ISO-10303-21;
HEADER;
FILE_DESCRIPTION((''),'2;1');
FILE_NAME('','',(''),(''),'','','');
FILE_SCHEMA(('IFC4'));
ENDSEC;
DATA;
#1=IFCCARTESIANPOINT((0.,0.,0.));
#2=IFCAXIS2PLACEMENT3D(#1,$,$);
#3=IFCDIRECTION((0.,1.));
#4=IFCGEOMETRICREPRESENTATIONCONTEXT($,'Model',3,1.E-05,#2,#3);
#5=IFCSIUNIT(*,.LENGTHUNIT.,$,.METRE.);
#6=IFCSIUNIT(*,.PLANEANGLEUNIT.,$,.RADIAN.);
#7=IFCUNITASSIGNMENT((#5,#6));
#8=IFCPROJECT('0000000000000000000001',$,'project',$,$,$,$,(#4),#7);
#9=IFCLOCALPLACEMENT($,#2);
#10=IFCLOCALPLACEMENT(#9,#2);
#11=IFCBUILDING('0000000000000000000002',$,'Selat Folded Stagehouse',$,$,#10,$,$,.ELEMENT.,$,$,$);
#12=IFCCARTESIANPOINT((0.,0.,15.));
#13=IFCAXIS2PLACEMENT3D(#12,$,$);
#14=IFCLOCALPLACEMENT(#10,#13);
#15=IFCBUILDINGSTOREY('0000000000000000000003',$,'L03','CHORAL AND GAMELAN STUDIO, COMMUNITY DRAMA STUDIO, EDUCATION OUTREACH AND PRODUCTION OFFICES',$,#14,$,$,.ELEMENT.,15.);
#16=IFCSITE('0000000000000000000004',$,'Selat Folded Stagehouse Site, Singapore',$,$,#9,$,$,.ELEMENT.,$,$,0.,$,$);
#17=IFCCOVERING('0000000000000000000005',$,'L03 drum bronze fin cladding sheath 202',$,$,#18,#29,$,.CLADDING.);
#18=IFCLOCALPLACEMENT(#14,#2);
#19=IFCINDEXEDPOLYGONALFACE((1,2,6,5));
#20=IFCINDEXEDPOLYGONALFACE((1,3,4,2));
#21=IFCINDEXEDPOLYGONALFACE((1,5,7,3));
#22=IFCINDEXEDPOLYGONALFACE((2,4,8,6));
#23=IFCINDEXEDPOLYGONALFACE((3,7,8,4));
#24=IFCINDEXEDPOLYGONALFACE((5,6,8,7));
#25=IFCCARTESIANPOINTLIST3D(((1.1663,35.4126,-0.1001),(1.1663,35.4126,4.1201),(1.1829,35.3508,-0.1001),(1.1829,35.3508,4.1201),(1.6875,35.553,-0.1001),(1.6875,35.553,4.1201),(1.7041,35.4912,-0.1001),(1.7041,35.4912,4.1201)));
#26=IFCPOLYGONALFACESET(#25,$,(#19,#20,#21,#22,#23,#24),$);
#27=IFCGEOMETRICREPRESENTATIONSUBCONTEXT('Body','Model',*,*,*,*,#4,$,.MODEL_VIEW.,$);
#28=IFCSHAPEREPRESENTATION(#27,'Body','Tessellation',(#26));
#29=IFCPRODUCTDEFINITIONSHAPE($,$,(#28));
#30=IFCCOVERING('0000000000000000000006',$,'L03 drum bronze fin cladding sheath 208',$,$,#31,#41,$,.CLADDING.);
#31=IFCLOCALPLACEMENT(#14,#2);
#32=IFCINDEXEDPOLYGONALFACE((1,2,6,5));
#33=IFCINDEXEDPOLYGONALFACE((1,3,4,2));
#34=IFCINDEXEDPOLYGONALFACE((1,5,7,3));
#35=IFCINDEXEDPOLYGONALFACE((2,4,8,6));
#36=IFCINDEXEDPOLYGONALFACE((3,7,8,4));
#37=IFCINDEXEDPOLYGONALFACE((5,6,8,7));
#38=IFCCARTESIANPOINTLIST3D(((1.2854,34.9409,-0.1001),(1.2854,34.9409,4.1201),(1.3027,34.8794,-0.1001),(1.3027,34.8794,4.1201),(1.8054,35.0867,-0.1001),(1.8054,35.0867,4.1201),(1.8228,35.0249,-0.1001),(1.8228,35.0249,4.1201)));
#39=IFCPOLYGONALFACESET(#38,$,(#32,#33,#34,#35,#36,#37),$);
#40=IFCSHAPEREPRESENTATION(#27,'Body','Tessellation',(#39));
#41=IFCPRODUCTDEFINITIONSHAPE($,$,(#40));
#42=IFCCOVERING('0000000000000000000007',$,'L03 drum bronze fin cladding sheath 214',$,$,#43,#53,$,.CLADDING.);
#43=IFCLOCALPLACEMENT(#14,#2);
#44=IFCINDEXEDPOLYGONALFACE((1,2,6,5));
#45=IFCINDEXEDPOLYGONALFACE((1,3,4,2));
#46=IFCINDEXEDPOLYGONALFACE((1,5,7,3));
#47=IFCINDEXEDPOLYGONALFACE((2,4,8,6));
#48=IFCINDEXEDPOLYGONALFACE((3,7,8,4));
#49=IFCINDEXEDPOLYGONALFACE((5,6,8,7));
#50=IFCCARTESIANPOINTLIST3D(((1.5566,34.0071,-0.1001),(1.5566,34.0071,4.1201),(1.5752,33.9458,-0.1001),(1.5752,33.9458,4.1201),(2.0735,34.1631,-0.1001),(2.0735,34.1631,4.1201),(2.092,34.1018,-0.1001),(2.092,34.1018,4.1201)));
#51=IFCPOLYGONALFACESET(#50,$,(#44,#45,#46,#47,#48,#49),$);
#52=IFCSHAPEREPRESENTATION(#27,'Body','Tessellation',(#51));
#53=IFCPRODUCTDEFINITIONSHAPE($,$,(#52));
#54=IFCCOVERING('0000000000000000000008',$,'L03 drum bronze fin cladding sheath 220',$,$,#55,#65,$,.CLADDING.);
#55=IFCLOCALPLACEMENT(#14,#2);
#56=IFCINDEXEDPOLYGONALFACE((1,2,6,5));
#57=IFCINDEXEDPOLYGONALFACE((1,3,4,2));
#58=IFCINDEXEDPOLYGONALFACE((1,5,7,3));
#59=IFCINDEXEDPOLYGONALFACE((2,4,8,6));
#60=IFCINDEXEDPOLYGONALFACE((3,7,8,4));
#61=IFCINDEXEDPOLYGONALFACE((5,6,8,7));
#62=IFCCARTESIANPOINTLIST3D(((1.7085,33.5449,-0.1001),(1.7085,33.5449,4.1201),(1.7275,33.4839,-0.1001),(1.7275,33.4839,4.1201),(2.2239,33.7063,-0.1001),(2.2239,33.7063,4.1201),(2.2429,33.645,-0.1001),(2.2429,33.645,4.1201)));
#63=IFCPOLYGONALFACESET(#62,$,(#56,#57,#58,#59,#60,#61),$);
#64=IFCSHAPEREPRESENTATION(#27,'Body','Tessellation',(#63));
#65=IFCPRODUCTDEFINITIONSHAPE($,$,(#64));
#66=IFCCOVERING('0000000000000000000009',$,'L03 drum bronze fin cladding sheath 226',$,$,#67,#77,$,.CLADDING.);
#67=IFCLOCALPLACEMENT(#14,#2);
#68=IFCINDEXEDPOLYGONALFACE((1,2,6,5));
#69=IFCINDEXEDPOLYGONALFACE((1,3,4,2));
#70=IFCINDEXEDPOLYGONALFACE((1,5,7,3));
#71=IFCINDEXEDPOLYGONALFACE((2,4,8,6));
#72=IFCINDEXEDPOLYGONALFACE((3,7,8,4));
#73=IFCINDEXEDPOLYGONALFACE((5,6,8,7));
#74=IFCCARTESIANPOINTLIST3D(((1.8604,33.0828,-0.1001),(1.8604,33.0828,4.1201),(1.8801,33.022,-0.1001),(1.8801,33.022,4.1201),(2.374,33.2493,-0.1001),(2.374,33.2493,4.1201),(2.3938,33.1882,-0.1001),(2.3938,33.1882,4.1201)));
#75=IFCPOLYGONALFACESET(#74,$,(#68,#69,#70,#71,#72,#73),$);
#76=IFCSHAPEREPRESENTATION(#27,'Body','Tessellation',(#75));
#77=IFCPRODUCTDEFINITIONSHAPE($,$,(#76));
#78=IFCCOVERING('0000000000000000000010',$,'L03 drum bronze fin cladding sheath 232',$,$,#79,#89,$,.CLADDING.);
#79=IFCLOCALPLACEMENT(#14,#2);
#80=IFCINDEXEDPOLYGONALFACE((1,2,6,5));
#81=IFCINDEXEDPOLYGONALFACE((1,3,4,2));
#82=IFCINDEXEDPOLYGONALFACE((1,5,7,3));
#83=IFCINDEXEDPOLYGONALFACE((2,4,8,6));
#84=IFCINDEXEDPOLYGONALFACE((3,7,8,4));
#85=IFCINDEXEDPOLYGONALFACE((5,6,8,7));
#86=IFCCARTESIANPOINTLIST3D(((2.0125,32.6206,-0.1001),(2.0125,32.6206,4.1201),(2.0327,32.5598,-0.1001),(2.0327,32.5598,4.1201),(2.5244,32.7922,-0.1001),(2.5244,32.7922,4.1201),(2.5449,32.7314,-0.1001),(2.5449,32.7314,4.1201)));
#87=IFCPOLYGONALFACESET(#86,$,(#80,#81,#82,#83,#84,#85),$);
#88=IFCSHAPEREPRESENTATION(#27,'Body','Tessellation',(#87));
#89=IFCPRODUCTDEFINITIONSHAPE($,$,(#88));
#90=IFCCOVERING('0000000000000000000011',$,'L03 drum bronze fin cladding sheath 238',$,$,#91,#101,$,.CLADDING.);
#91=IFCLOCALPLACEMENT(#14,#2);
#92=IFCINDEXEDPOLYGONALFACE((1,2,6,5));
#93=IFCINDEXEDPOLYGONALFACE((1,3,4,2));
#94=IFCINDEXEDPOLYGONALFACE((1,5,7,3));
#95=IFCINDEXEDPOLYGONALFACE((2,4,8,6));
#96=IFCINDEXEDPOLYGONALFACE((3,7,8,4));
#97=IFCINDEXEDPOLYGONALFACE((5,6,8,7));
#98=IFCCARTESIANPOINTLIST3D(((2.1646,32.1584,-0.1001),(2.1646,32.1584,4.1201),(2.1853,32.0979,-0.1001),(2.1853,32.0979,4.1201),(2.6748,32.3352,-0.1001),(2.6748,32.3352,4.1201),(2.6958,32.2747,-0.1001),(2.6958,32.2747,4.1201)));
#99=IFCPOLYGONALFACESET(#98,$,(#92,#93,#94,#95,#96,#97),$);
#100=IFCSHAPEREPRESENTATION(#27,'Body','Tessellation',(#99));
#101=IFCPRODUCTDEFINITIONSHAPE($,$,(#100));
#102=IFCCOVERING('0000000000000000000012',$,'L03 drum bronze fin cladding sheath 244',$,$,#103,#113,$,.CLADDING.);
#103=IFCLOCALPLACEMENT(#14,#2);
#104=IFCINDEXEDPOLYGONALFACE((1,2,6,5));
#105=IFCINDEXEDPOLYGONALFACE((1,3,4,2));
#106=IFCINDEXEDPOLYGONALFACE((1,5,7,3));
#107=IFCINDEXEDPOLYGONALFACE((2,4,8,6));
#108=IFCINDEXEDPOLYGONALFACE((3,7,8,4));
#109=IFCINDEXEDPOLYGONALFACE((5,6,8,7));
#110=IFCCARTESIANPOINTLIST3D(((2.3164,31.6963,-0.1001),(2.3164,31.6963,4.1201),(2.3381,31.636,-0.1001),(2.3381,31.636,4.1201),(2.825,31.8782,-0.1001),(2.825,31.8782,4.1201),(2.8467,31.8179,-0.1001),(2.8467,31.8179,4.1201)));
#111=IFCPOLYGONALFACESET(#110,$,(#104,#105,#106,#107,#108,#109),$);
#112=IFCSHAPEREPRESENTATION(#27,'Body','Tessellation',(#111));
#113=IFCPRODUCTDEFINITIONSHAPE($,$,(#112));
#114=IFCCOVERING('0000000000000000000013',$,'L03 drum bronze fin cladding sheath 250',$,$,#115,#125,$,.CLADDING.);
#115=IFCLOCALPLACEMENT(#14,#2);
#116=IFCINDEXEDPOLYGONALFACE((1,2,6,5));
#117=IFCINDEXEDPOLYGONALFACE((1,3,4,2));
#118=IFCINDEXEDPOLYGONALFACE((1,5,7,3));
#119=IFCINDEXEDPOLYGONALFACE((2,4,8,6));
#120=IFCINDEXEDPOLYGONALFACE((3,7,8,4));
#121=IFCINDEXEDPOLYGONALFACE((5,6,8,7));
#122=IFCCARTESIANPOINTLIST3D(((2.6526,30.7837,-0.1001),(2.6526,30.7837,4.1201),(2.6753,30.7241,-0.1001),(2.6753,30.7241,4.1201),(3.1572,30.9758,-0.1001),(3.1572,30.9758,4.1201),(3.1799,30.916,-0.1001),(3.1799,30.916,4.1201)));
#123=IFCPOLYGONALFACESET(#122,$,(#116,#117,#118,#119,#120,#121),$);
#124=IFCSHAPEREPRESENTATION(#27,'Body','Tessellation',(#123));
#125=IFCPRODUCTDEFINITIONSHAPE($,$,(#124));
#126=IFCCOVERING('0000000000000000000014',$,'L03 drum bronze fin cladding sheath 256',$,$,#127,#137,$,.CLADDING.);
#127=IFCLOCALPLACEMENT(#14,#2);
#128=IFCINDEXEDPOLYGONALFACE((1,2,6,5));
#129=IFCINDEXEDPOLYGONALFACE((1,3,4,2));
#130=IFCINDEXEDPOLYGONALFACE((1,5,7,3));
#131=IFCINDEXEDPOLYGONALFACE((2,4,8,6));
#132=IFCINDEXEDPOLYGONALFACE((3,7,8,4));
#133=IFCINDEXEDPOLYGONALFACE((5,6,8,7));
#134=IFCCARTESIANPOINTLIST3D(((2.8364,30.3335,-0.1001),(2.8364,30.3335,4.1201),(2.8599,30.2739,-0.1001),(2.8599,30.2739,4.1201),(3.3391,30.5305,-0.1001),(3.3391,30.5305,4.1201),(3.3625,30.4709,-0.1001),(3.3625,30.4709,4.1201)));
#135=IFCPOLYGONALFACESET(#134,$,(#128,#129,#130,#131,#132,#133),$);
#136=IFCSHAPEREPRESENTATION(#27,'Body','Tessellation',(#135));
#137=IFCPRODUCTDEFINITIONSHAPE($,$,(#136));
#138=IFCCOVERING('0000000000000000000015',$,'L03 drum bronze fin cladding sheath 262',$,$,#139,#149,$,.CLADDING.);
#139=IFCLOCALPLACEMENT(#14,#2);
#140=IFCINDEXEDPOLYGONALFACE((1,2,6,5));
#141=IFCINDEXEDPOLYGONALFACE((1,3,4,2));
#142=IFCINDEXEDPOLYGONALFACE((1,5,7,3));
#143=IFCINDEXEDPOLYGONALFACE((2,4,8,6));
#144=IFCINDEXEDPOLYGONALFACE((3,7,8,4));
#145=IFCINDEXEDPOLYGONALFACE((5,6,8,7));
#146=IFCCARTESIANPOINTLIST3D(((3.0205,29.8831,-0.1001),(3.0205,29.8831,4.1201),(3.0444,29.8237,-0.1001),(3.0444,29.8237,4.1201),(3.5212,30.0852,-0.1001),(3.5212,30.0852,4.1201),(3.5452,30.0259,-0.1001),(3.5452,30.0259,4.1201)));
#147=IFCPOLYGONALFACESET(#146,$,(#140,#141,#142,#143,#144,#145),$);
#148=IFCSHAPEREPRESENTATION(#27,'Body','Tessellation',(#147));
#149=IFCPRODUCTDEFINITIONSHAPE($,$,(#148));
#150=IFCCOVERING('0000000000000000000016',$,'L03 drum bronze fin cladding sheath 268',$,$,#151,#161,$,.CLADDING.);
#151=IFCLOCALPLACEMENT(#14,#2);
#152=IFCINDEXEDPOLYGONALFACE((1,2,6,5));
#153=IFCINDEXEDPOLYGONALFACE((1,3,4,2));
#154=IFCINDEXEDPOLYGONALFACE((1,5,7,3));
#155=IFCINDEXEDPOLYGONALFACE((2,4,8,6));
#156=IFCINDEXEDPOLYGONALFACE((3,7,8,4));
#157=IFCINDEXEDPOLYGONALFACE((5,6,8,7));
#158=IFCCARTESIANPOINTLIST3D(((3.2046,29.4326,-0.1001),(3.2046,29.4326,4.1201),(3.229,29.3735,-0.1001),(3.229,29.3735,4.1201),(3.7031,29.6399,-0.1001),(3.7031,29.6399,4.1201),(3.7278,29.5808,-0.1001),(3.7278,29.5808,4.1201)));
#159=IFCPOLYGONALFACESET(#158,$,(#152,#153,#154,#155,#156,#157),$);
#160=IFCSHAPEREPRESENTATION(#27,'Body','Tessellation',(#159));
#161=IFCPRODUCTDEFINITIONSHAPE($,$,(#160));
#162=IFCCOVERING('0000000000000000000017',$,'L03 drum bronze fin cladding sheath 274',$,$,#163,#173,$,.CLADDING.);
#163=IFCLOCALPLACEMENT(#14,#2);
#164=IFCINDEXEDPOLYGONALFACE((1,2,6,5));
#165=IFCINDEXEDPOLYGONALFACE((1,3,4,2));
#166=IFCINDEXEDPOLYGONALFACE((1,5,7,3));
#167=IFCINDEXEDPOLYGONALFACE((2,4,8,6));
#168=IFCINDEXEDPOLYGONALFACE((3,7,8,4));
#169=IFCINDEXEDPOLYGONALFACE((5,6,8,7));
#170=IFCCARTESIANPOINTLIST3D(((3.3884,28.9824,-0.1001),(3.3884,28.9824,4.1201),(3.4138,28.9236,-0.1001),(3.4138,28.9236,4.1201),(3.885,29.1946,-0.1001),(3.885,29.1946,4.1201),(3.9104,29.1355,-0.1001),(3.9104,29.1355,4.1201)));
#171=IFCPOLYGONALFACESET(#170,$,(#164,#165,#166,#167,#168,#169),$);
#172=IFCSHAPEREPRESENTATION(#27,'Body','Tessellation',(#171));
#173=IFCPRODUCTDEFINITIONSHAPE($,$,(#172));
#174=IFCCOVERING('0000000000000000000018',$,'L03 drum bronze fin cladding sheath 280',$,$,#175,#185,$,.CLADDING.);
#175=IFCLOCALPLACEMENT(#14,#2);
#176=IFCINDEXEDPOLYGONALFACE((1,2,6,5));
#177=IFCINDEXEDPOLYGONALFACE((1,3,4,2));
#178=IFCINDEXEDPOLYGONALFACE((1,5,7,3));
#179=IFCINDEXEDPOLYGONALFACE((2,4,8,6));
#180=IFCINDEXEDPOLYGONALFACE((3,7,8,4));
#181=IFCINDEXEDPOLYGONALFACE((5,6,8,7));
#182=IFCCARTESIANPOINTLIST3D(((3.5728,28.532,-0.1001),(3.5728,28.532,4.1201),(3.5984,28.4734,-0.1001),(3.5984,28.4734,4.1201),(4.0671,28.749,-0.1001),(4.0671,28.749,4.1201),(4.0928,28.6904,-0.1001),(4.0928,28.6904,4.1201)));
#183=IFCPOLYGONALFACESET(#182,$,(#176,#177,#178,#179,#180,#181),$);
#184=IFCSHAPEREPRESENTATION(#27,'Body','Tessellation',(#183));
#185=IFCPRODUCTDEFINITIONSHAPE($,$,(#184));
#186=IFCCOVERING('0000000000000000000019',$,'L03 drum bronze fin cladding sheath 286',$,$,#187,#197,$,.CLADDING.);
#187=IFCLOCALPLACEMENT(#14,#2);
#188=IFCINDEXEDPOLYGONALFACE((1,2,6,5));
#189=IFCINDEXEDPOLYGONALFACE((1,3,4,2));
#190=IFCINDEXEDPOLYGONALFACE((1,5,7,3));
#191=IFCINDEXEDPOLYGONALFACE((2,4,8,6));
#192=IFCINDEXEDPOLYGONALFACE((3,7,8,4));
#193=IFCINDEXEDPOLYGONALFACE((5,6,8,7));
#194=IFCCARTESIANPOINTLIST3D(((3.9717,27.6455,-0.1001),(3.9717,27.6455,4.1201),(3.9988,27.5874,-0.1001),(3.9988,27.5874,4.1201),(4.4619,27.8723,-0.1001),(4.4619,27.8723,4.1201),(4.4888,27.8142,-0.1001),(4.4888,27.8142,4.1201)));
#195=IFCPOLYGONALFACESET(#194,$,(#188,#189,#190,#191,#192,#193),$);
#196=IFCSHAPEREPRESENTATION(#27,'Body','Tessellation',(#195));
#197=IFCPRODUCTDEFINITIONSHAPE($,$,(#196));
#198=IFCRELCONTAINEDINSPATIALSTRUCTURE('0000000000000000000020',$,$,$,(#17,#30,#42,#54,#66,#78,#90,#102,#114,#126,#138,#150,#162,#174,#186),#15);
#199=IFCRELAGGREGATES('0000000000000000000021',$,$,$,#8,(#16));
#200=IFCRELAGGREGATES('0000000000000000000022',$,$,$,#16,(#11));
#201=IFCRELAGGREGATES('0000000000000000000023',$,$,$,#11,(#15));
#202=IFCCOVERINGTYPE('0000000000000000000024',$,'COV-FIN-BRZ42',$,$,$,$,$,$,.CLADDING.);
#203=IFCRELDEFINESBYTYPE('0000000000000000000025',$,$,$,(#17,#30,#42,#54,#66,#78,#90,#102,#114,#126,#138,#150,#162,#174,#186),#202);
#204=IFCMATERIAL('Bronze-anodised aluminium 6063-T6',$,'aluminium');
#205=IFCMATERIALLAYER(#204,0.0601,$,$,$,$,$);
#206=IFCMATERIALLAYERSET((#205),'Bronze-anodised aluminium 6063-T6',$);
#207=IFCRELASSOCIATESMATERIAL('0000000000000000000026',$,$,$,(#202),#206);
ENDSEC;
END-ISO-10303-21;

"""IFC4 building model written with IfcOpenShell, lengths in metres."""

from ifc_helpers import new_model, si_unit, direction, frame, origin, place, context, subcontext, project, spatial, polyline, outline, extrude, material, layer, layer_set, type_object, element, save


model = new_model("IFC4")

# Units and contexts
model_context = context("Model", 3, precision=1e-05, world=origin(), true_north=direction((0.0, 1.0)))
body_context = subcontext(model_context, "Body", "Model", "MODEL_VIEW")
ifc_project = project(units=[si_unit("LENGTHUNIT", "METRE"), si_unit("PLANEANGLEUNIT", "RADIAN")], contexts=[model_context])

# Site, building, storey
site_placement = place(None, origin())
site = spatial("IfcSite", under=ifc_project, at=site_placement, Name="Selat Folded Stagehouse Site, Singapore", CompositionType="ELEMENT", RefElevation=0.0)
building_placement = place(site_placement, origin())
building = spatial("IfcBuilding", under=site, at=building_placement, Name="Selat Folded Stagehouse", CompositionType="ELEMENT")
storey_placement = place(building_placement, frame((0.0, 0.0, 15.0)))
storey = spatial("IfcBuildingStorey", under=building, at=storey_placement, Name="L03", Description="CHORAL AND GAMELAN STUDIO, COMMUNITY DRAMA STUDIO, EDUCATION OUTREACH AND PRODUCTION OFFICES", CompositionType="ELEMENT", Elevation=15.0)

# Coverings
ifc_material_1 = material(Name="Bronze-anodised aluminium 6063-T6", Category="aluminium")
ifc_layer_1 = layer(ifc_material_1, 0.0601)
ifc_layer_set_1 = layer_set([ifc_layer_1], Name="Bronze-anodised aluminium 6063-T6")
covering_type = type_object("IfcCoveringType", Name="COV-FIN-BRZ42", PredefinedType="CLADDING", material=ifc_layer_set_1)
covering_1_placement = place(storey_placement, frame((0.0, 0.0, -0.1001)))
element("IfcCovering", 1, at=covering_1_placement, inside=storey, type_object=covering_type, Name="L03 drum bronze fin cladding sheath 202", PredefinedType="CLADDING", context=body_context, shape_type="SweptSolid", body=[
    extrude(outline(polyline([(1.6875, 35.553), (1.1663, 35.4126), (1.1829, 35.3508), (1.7041, 35.4912), (1.6875, 35.553)])), origin(), (0.0, 0.0, 1.0), 4.2202),
])
covering_2_placement = place(storey_placement, frame((0.0, 0.0, -0.1001)))
element("IfcCovering", 2, at=covering_2_placement, inside=storey, type_object=covering_type, Name="L03 drum bronze fin cladding sheath 208", PredefinedType="CLADDING", context=body_context, shape_type="SweptSolid", body=[
    extrude(outline(polyline([(1.8054, 35.0867), (1.2854, 34.9409), (1.3027, 34.8794), (1.8228, 35.0249), (1.8054, 35.0867)])), origin(), (0.0, 0.0, 1.0), 4.2202),
])
covering_3_placement = place(storey_placement, frame((0.0, 0.0, -0.1001)))
element("IfcCovering", 3, at=covering_3_placement, inside=storey, type_object=covering_type, Name="L03 drum bronze fin cladding sheath 214", PredefinedType="CLADDING", context=body_context, shape_type="SweptSolid", body=[
    extrude(outline(polyline([(2.0735, 34.1631), (1.5566, 34.0071), (1.5752, 33.9458), (2.092, 34.1018), (2.0735, 34.1631)])), origin(), (0.0, 0.0, 1.0), 4.2202),
])
covering_4_placement = place(storey_placement, frame((0.0, 0.0, -0.1001)))
element("IfcCovering", 4, at=covering_4_placement, inside=storey, type_object=covering_type, Name="L03 drum bronze fin cladding sheath 220", PredefinedType="CLADDING", context=body_context, shape_type="SweptSolid", body=[
    extrude(outline(polyline([(2.2239, 33.7063), (1.7085, 33.5449), (1.7275, 33.4839), (2.2429, 33.645), (2.2239, 33.7063)])), origin(), (0.0, 0.0, 1.0), 4.2202),
])
covering_5_placement = place(storey_placement, frame((0.0, 0.0, -0.1001)))
element("IfcCovering", 5, at=covering_5_placement, inside=storey, type_object=covering_type, Name="L03 drum bronze fin cladding sheath 226", PredefinedType="CLADDING", context=body_context, shape_type="SweptSolid", body=[
    extrude(outline(polyline([(2.374, 33.2493), (1.8604, 33.0828), (1.8801, 33.022), (2.3938, 33.1882), (2.374, 33.2493)])), origin(), (0.0, 0.0, 1.0), 4.2202),
])
covering_6_placement = place(storey_placement, frame((0.0, 0.0, -0.1001)))
element("IfcCovering", 6, at=covering_6_placement, inside=storey, type_object=covering_type, Name="L03 drum bronze fin cladding sheath 232", PredefinedType="CLADDING", context=body_context, shape_type="SweptSolid", body=[
    extrude(outline(polyline([(2.5244, 32.7922), (2.0125, 32.6206), (2.0327, 32.5598), (2.5449, 32.7314), (2.5244, 32.7922)])), origin(), (0.0, 0.0, 1.0), 4.2202),
])
covering_7_placement = place(storey_placement, frame((0.0, 0.0, -0.1001)))
element("IfcCovering", 7, at=covering_7_placement, inside=storey, type_object=covering_type, Name="L03 drum bronze fin cladding sheath 238", PredefinedType="CLADDING", context=body_context, shape_type="SweptSolid", body=[
    extrude(outline(polyline([(2.6748, 32.3352), (2.1646, 32.1584), (2.1853, 32.0979), (2.6958, 32.2747), (2.6748, 32.3352)])), origin(), (0.0, 0.0, 1.0), 4.2202),
])
covering_8_placement = place(storey_placement, frame((0.0, 0.0, -0.1001)))
element("IfcCovering", 8, at=covering_8_placement, inside=storey, type_object=covering_type, Name="L03 drum bronze fin cladding sheath 244", PredefinedType="CLADDING", context=body_context, shape_type="SweptSolid", body=[
    extrude(outline(polyline([(2.825, 31.8782), (2.3164, 31.6963), (2.3381, 31.636), (2.8467, 31.8179), (2.825, 31.8782)])), origin(), (0.0, 0.0, 1.0), 4.2202),
])
covering_9_placement = place(storey_placement, frame((0.0, 0.0, -0.1001)))
element("IfcCovering", 9, at=covering_9_placement, inside=storey, type_object=covering_type, Name="L03 drum bronze fin cladding sheath 250", PredefinedType="CLADDING", context=body_context, shape_type="SweptSolid", body=[
    extrude(outline(polyline([(3.1572, 30.9758), (2.6526, 30.7837), (2.6753, 30.7241), (3.1799, 30.916), (3.1572, 30.9758)])), origin(), (0.0, 0.0, 1.0), 4.2202),
])
covering_10_placement = place(storey_placement, frame((0.0, 0.0, -0.1001)))
element("IfcCovering", 10, at=covering_10_placement, inside=storey, type_object=covering_type, Name="L03 drum bronze fin cladding sheath 256", PredefinedType="CLADDING", context=body_context, shape_type="SweptSolid", body=[
    extrude(outline(polyline([(3.3391, 30.5305), (2.8364, 30.3335), (2.8599, 30.2739), (3.3625, 30.4709), (3.3391, 30.5305)])), origin(), (0.0, 0.0, 1.0), 4.2202),
])
covering_11_placement = place(storey_placement, frame((0.0, 0.0, -0.1001)))
element("IfcCovering", 11, at=covering_11_placement, inside=storey, type_object=covering_type, Name="L03 drum bronze fin cladding sheath 262", PredefinedType="CLADDING", context=body_context, shape_type="SweptSolid", body=[
    extrude(outline(polyline([(3.5212, 30.0852), (3.0205, 29.8831), (3.0444, 29.8237), (3.5452, 30.0259), (3.5212, 30.0852)])), origin(), (0.0, 0.0, 1.0), 4.2202),
])
covering_12_placement = place(storey_placement, frame((0.0, 0.0, -0.1001)))
element("IfcCovering", 12, at=covering_12_placement, inside=storey, type_object=covering_type, Name="L03 drum bronze fin cladding sheath 268", PredefinedType="CLADDING", context=body_context, shape_type="SweptSolid", body=[
    extrude(outline(polyline([(3.7031, 29.6399), (3.2046, 29.4326), (3.229, 29.3735), (3.7278, 29.5808), (3.7031, 29.6399)])), origin(), (0.0, 0.0, 1.0), 4.2202),
])
covering_13_placement = place(storey_placement, frame((0.0, 0.0, -0.1001)))
element("IfcCovering", 13, at=covering_13_placement, inside=storey, type_object=covering_type, Name="L03 drum bronze fin cladding sheath 274", PredefinedType="CLADDING", context=body_context, shape_type="SweptSolid", body=[
    extrude(outline(polyline([(3.885, 29.1946), (3.3884, 28.9824), (3.4138, 28.9236), (3.9104, 29.1355), (3.885, 29.1946)])), origin(), (0.0, 0.0, 1.0), 4.2202),
])
covering_14_placement = place(storey_placement, frame((0.0, 0.0, -0.1001)))
element("IfcCovering", 14, at=covering_14_placement, inside=storey, type_object=covering_type, Name="L03 drum bronze fin cladding sheath 280", PredefinedType="CLADDING", context=body_context, shape_type="SweptSolid", body=[
    extrude(outline(polyline([(4.0671, 28.749), (3.5728, 28.532), (3.5984, 28.4734), (4.0928, 28.6904), (4.0671, 28.749)])), origin(), (0.0, 0.0, 1.0), 4.2202),
])
covering_15_placement = place(storey_placement, frame((0.0, 0.0, -0.1001)))
element("IfcCovering", 15, at=covering_15_placement, inside=storey, type_object=covering_type, Name="L03 drum bronze fin cladding sheath 286", PredefinedType="CLADDING", context=body_context, shape_type="SweptSolid", body=[
    extrude(outline(polyline([(4.4619, 27.8723), (3.9717, 27.6455), (3.9988, 27.5874), (4.4888, 27.8142), (4.4619, 27.8723)])), origin(), (0.0, 0.0, 1.0), 4.2202),
])

save(model, "model.ifc")
